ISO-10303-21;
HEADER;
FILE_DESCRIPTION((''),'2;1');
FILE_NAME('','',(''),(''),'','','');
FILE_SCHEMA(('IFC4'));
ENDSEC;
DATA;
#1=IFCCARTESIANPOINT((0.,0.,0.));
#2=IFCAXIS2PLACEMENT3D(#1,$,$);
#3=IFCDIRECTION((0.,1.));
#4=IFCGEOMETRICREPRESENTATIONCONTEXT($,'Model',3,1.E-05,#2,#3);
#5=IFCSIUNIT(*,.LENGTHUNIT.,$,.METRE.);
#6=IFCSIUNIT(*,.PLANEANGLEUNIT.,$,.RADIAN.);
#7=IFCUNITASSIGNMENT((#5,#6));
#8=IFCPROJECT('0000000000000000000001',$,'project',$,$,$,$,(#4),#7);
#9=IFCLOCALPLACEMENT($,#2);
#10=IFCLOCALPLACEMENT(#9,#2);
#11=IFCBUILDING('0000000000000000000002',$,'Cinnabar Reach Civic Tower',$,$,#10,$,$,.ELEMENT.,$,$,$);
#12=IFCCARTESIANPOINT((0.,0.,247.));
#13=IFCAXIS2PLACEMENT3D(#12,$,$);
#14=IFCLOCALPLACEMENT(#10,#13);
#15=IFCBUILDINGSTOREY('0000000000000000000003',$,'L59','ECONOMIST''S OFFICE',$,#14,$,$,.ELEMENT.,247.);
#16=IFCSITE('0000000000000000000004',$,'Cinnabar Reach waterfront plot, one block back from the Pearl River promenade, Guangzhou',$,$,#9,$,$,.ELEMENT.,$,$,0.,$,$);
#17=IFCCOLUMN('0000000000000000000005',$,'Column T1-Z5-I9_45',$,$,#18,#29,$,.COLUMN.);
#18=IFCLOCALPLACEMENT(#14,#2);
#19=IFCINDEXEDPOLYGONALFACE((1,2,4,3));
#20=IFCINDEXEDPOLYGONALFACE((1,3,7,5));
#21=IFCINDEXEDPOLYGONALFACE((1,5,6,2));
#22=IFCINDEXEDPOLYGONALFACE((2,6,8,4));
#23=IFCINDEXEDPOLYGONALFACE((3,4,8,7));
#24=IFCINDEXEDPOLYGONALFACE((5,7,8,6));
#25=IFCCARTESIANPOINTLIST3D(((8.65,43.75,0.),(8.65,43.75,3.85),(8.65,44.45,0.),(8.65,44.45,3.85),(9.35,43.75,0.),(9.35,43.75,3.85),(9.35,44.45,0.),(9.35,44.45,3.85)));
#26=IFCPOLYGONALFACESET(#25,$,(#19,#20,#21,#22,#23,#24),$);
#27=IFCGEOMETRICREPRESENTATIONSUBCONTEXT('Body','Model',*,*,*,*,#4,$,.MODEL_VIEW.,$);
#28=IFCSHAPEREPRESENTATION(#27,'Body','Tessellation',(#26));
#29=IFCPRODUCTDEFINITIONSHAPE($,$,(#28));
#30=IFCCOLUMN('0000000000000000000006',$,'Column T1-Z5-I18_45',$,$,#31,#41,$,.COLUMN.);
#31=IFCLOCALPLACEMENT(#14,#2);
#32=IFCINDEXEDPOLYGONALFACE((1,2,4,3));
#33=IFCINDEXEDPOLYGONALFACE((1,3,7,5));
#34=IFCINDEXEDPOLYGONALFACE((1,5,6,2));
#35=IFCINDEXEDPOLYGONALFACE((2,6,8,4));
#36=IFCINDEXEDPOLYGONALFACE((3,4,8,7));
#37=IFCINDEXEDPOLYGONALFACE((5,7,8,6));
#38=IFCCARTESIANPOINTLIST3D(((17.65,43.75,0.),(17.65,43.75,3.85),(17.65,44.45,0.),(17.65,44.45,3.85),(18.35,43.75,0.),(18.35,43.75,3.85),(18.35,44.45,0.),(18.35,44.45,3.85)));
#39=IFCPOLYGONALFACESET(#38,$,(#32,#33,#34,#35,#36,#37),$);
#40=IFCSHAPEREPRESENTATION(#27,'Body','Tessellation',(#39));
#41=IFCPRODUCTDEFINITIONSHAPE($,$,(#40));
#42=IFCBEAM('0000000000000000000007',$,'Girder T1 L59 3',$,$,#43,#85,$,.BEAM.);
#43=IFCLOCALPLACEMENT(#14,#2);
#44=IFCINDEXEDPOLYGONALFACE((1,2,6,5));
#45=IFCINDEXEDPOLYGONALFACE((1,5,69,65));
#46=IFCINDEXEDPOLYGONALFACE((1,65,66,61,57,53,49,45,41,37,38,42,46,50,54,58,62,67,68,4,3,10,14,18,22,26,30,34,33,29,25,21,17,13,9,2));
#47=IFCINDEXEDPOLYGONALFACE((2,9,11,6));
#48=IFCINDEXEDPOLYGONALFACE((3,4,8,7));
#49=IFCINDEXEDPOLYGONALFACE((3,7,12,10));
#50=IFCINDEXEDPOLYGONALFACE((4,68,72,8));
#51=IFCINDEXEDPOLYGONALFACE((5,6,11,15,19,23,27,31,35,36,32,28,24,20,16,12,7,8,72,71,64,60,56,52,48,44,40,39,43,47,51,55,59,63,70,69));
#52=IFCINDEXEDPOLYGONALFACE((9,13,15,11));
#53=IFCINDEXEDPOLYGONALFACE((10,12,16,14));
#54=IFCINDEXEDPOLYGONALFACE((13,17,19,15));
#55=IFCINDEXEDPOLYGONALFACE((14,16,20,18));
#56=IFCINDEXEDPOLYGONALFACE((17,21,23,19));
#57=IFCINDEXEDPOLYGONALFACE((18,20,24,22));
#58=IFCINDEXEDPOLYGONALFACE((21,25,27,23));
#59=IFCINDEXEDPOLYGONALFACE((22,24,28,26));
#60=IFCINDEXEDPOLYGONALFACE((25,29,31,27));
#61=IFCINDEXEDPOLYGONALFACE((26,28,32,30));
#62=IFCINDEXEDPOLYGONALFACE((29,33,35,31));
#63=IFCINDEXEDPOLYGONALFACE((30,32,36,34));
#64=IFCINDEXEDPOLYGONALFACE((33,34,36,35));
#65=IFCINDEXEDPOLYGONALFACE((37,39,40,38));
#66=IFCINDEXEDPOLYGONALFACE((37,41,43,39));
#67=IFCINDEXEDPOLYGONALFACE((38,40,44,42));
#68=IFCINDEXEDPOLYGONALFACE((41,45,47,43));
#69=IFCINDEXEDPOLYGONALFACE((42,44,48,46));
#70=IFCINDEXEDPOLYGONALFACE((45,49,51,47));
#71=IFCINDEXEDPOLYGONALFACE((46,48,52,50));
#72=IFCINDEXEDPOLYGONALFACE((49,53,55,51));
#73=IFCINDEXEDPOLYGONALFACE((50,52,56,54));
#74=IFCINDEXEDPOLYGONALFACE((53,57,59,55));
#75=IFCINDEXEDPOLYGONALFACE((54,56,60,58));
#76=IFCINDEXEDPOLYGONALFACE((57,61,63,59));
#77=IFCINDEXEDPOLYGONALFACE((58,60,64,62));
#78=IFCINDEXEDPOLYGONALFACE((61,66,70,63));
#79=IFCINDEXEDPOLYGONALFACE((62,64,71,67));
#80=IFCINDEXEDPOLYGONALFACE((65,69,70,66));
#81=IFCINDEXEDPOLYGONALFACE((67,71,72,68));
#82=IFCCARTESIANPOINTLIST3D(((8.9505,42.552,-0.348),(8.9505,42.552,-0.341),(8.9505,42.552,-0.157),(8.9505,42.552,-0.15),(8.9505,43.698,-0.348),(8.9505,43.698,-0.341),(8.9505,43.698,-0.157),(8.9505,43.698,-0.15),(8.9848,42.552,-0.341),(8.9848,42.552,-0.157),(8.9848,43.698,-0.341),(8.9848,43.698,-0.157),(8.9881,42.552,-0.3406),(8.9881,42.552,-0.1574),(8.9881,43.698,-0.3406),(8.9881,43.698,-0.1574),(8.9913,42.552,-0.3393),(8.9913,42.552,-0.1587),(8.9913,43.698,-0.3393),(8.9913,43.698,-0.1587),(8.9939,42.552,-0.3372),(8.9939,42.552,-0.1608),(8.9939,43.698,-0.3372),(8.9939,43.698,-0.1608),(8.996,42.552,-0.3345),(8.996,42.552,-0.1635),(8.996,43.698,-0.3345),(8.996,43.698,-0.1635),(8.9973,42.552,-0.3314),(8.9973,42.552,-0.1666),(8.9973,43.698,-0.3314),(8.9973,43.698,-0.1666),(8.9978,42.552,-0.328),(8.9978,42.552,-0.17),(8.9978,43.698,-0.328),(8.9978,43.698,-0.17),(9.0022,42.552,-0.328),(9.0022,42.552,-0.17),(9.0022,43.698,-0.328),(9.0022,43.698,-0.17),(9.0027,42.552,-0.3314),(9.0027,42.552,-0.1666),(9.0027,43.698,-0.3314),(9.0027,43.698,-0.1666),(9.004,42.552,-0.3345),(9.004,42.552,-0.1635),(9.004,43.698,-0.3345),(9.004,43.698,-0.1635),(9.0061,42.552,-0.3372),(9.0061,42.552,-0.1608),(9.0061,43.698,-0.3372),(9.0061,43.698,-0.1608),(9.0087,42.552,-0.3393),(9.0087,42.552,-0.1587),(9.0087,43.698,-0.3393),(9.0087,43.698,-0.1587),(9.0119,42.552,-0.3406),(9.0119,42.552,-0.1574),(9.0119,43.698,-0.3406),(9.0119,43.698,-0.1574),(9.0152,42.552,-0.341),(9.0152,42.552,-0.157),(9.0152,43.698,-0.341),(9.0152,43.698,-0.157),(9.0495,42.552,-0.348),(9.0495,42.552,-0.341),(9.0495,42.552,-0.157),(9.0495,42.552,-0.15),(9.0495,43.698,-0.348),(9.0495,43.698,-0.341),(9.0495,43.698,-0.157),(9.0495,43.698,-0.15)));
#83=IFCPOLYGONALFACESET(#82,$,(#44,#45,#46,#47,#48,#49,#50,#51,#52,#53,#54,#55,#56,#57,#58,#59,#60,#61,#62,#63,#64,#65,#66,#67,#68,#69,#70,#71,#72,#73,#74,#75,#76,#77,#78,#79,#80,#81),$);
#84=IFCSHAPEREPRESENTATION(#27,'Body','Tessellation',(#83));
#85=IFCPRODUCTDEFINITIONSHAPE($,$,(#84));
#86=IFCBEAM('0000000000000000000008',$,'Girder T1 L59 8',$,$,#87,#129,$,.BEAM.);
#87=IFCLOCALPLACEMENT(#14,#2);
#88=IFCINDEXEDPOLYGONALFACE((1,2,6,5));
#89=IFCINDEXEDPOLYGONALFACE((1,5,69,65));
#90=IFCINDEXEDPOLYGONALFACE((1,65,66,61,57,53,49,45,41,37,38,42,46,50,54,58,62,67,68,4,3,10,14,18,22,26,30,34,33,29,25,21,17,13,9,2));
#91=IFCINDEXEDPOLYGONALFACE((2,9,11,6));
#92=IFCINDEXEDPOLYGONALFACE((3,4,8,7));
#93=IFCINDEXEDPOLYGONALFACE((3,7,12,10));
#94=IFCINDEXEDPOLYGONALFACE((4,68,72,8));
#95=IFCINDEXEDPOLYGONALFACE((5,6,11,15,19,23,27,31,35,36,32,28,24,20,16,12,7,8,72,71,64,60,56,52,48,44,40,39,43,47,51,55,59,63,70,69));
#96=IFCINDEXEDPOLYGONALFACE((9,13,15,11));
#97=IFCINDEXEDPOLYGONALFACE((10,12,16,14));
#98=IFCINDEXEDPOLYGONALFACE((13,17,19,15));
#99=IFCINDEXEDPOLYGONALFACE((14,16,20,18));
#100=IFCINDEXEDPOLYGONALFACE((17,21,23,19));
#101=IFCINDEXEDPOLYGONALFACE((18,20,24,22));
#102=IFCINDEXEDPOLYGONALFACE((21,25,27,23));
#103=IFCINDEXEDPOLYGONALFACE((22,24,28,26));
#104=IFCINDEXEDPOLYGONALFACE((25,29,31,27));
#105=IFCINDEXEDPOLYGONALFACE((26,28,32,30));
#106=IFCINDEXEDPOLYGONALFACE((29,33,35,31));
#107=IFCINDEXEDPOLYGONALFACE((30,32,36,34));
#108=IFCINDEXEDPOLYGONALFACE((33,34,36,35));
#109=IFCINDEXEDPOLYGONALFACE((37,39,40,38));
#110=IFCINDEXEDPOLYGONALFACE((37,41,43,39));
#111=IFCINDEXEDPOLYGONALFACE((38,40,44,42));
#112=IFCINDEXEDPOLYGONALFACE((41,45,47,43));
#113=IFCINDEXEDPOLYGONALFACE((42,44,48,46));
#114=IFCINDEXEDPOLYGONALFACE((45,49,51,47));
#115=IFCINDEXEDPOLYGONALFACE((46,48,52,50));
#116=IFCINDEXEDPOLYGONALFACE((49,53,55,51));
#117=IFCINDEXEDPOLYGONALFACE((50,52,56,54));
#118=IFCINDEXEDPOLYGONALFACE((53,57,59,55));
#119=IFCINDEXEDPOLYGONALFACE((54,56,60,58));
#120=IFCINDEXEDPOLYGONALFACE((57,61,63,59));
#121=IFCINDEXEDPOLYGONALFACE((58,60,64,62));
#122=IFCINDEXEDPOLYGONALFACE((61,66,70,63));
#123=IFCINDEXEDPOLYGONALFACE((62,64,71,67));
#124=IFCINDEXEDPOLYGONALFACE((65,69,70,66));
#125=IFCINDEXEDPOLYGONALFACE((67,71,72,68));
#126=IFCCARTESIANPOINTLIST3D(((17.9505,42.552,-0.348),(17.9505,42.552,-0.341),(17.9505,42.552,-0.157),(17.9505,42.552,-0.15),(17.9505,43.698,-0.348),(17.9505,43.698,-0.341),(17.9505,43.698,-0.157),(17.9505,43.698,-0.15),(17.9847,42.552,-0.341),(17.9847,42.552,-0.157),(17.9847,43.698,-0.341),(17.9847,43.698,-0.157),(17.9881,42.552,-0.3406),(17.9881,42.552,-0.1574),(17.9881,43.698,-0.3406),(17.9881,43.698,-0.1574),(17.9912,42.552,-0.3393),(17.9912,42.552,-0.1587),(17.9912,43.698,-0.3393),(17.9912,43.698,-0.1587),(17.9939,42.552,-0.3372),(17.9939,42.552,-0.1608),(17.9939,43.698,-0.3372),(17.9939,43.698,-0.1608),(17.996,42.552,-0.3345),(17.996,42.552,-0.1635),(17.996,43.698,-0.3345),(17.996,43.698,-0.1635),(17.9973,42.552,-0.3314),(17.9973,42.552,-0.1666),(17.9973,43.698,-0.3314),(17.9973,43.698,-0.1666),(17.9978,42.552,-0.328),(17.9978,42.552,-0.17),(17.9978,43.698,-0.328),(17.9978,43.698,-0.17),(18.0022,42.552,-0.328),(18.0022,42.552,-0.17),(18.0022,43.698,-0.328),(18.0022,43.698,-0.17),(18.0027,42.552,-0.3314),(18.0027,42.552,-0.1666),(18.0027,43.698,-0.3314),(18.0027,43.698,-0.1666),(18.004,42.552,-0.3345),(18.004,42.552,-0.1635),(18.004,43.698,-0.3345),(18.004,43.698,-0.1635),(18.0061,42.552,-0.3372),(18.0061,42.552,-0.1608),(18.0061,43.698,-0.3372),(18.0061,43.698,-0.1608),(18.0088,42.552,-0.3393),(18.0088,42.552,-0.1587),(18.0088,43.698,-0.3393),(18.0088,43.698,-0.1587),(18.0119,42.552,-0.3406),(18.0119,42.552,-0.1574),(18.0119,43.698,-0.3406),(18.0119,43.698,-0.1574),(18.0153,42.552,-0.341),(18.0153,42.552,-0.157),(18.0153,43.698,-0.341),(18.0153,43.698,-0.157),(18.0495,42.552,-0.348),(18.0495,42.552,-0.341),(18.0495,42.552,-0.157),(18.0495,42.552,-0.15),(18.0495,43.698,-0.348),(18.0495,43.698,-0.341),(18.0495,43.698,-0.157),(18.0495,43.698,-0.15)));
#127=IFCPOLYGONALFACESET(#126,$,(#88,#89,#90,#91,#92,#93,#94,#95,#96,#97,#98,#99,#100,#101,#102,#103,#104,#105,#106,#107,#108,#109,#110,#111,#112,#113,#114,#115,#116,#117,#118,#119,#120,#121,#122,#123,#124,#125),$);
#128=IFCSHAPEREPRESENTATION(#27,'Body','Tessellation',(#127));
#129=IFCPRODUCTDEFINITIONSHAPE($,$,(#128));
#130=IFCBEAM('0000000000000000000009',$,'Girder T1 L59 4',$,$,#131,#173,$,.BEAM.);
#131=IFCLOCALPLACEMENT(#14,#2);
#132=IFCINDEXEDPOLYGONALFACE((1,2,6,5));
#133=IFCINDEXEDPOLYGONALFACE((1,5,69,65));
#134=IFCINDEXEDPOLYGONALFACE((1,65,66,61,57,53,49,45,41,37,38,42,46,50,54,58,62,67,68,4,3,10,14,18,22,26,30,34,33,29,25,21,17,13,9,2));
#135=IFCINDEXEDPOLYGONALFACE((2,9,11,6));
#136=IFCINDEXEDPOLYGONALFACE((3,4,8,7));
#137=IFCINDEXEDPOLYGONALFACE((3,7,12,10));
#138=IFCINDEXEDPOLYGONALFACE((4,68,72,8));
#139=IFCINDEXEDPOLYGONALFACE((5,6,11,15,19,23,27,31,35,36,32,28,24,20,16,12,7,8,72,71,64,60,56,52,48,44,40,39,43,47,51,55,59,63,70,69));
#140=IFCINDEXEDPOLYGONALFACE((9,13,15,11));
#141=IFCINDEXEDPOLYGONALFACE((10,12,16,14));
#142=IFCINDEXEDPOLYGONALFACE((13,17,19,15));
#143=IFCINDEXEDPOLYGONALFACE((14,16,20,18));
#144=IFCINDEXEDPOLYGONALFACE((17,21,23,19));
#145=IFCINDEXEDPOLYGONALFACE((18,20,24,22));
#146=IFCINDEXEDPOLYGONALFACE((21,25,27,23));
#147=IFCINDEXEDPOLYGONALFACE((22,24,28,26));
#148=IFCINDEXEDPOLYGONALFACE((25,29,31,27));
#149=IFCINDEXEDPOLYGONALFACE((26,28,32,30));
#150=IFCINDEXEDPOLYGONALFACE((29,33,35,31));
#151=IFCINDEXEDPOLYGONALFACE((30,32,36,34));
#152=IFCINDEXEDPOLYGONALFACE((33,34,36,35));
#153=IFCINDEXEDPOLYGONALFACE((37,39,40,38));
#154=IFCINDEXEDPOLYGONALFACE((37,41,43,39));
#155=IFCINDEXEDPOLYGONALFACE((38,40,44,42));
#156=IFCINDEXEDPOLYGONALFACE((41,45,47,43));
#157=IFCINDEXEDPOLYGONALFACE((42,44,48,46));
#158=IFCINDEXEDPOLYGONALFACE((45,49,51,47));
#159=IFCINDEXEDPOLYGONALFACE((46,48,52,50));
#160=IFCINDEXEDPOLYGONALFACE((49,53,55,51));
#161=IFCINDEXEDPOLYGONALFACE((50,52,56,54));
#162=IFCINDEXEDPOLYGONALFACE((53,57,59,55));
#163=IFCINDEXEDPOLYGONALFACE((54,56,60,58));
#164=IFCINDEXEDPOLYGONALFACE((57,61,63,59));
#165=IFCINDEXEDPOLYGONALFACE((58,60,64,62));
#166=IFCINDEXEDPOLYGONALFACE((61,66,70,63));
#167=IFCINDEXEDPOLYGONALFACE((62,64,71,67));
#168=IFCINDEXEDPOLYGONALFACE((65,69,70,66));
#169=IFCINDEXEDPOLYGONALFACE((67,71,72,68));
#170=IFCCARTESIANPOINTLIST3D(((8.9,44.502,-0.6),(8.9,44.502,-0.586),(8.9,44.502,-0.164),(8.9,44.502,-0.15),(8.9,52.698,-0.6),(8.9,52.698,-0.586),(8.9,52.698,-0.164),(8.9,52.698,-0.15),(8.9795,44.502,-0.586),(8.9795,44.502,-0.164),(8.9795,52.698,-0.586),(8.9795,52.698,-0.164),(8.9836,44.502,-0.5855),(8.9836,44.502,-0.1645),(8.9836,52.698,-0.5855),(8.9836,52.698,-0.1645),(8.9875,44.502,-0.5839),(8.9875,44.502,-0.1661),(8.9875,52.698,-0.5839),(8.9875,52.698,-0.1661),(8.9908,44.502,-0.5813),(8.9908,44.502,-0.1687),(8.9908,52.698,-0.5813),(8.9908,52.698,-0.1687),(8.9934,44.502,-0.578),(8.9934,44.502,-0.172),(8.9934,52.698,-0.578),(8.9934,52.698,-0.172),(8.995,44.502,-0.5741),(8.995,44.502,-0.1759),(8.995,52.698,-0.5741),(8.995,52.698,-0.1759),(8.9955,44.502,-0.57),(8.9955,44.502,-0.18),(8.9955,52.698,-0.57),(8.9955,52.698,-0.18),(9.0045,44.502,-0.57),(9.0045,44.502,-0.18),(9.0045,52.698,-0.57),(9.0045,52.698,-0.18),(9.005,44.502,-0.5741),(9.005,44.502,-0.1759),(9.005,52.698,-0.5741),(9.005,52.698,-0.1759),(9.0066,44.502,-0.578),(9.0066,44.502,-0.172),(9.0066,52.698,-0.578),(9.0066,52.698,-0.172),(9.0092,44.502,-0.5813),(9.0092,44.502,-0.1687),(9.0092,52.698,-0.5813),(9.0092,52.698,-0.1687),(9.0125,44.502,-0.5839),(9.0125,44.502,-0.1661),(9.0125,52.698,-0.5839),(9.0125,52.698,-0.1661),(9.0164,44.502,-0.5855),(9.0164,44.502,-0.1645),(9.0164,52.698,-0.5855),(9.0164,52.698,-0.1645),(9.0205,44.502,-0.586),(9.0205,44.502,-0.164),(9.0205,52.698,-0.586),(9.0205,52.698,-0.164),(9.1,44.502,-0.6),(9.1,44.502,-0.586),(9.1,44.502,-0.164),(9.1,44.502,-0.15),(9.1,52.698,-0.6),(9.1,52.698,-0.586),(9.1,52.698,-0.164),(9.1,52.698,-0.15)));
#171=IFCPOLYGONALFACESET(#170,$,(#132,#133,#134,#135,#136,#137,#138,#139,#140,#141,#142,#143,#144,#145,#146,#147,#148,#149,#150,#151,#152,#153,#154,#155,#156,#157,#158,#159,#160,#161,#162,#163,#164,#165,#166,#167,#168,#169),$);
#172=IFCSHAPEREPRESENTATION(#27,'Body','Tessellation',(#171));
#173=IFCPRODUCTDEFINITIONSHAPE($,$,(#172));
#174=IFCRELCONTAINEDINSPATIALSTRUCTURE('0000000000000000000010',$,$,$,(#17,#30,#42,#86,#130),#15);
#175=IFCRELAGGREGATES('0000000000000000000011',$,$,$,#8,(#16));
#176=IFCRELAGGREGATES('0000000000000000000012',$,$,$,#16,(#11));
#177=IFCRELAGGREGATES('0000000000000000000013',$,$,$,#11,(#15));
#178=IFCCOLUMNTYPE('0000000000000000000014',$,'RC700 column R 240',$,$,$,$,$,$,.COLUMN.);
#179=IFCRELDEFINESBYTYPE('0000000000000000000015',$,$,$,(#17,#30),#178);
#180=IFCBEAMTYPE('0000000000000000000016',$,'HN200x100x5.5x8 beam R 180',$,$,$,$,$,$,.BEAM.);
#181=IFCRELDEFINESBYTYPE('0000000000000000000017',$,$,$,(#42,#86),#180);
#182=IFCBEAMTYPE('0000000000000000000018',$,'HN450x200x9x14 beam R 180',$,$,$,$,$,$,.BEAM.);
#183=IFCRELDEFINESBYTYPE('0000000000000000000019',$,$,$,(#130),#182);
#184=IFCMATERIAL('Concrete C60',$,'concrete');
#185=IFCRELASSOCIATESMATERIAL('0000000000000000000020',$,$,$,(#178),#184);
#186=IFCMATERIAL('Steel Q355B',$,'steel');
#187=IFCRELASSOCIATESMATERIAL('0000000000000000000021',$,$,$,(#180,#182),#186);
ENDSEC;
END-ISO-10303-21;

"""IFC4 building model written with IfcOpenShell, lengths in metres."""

from ifc_helpers import new_model, si_unit, direction, frame, origin, origin_2d, place, context, subcontext, project, spatial, rectangle, i_section, extrude, material, material_profile, profile_set, type_object, element, save


model = new_model("IFC4")

# Units and contexts
model_context = context("Model", 3, precision=1e-05, world=origin(), true_north=direction((0.0, 1.0)))
body_context = subcontext(model_context, "Body", "Model", "MODEL_VIEW")
ifc_project = project(units=[si_unit("LENGTHUNIT", "METRE"), si_unit("PLANEANGLEUNIT", "RADIAN")], contexts=[model_context])

# Site, building, storey
site_placement = place(None, origin())
site = spatial("IfcSite", under=ifc_project, at=site_placement, Name="Cinnabar Reach waterfront plot, one block back from the Pearl River promenade, Guangzhou", CompositionType="ELEMENT", RefElevation=0.0)
building_placement = place(site_placement, origin())
building = spatial("IfcBuilding", under=site, at=building_placement, Name="Cinnabar Reach Civic Tower", CompositionType="ELEMENT")
storey_placement = place(building_placement, frame((0.0, 0.0, 247.0)))
storey = spatial("IfcBuildingStorey", under=building, at=storey_placement, Name="L59", Description="ECONOMIST'S OFFICE", CompositionType="ELEMENT", Elevation=247.0)

# Columns
ifc_material_1 = material(Name="Concrete C60", Category="concrete")
ifc_material_profile_1 = material_profile(ifc_material_1, rectangle(XDim=0.7, YDim=0.7, at=origin_2d()), Name="RC700")
ifc_profile_set_1 = profile_set([ifc_material_profile_1], Name="Concrete C60")
column_type = type_object("IfcColumnType", Name="RC700 column R 240", PredefinedType="COLUMN", material=ifc_profile_set_1)
for number, where, z_axis, x_axis, name in (
    (1, (9.0, 44.1, 0.0), (0.0, 0.0, 1.0), (1.0, 0.0, 0.0), "Column T1-Z5-I9_45"),
    (2, (18.0, 44.1, 0.0), (0.0, 0.0, 1.0), (1.0, 0.0, 0.0), "Column T1-Z5-I18_45"),
):
    element("IfcColumn", number, at=place(storey_placement, frame(where, z_axis=z_axis, x_axis=x_axis)), inside=storey, type_object=column_type, Name=name, PredefinedType="COLUMN", context=body_context, shape_type="SweptSolid", body=[
        extrude(rectangle(XDim=0.7, YDim=0.7, at=origin_2d()), origin(), (0.0, 0.0, 1.0), 3.85),
    ])

# Beams
ifc_material_2 = material(Name="Steel Q355B", Category="steel")
ifc_material_profile_2 = material_profile(ifc_material_2, i_section(OverallWidth=0.099, OverallDepth=0.198, WebThickness=0.0045, FlangeThickness=0.007, FilletRadius=0.013, at=origin_2d()), Name="HN200x100x5.5x8")
ifc_profile_set_2 = profile_set([ifc_material_profile_2], Name="Steel Q355B")
beam_type_1 = type_object("IfcBeamType", Name="HN200x100x5.5x8 beam R 180", PredefinedType="BEAM", material=ifc_profile_set_2)
for number, where, z_axis, x_axis, name in (
    (3, (9.0, 42.552, -0.249), (0.0, 1.0, 0.0), (-1.0, 0.0, 0.0), "Girder T1 L59 3"),
    (4, (18.0, 42.552, -0.249), (0.0, 1.0, 0.0), (-1.0, 0.0, 0.0), "Girder T1 L59 8"),
):
    element("IfcBeam", number, at=place(storey_placement, frame(where, z_axis=z_axis, x_axis=x_axis)), inside=storey, type_object=beam_type_1, Name=name, PredefinedType="BEAM", context=body_context, shape_type="SweptSolid", body=[
        extrude(i_section(OverallWidth=0.099, OverallDepth=0.198, WebThickness=0.0045, FlangeThickness=0.007, FilletRadius=0.013, at=origin_2d()), origin(), (0.0, 0.0, 1.0), 1.146),
    ])
ifc_material_profile_3 = material_profile(ifc_material_2, i_section(OverallWidth=0.2, OverallDepth=0.45, WebThickness=0.009, FlangeThickness=0.014, FilletRadius=0.016, at=origin_2d()), Name="HN450x200x9x14")
ifc_profile_set_3 = profile_set([ifc_material_profile_3], Name="Steel Q355B")
beam_type_2 = type_object("IfcBeamType", Name="HN450x200x9x14 beam R 180", PredefinedType="BEAM", material=ifc_profile_set_3)
for number, where, z_axis, x_axis, name in (
    (5, (9.0, 44.502, -0.375), (0.0, 1.0, 0.0), (-1.0, 0.0, 0.0), "Girder T1 L59 4"),
):
    element("IfcBeam", number, at=place(storey_placement, frame(where, z_axis=z_axis, x_axis=x_axis)), inside=storey, type_object=beam_type_2, Name=name, PredefinedType="BEAM", context=body_context, shape_type="SweptSolid", body=[
        extrude(i_section(OverallWidth=0.2, OverallDepth=0.45, WebThickness=0.009, FlangeThickness=0.014, FilletRadius=0.016, at=origin_2d()), origin(), (0.0, 0.0, 1.0), 8.196),
    ])

save(model, "model.ifc")
